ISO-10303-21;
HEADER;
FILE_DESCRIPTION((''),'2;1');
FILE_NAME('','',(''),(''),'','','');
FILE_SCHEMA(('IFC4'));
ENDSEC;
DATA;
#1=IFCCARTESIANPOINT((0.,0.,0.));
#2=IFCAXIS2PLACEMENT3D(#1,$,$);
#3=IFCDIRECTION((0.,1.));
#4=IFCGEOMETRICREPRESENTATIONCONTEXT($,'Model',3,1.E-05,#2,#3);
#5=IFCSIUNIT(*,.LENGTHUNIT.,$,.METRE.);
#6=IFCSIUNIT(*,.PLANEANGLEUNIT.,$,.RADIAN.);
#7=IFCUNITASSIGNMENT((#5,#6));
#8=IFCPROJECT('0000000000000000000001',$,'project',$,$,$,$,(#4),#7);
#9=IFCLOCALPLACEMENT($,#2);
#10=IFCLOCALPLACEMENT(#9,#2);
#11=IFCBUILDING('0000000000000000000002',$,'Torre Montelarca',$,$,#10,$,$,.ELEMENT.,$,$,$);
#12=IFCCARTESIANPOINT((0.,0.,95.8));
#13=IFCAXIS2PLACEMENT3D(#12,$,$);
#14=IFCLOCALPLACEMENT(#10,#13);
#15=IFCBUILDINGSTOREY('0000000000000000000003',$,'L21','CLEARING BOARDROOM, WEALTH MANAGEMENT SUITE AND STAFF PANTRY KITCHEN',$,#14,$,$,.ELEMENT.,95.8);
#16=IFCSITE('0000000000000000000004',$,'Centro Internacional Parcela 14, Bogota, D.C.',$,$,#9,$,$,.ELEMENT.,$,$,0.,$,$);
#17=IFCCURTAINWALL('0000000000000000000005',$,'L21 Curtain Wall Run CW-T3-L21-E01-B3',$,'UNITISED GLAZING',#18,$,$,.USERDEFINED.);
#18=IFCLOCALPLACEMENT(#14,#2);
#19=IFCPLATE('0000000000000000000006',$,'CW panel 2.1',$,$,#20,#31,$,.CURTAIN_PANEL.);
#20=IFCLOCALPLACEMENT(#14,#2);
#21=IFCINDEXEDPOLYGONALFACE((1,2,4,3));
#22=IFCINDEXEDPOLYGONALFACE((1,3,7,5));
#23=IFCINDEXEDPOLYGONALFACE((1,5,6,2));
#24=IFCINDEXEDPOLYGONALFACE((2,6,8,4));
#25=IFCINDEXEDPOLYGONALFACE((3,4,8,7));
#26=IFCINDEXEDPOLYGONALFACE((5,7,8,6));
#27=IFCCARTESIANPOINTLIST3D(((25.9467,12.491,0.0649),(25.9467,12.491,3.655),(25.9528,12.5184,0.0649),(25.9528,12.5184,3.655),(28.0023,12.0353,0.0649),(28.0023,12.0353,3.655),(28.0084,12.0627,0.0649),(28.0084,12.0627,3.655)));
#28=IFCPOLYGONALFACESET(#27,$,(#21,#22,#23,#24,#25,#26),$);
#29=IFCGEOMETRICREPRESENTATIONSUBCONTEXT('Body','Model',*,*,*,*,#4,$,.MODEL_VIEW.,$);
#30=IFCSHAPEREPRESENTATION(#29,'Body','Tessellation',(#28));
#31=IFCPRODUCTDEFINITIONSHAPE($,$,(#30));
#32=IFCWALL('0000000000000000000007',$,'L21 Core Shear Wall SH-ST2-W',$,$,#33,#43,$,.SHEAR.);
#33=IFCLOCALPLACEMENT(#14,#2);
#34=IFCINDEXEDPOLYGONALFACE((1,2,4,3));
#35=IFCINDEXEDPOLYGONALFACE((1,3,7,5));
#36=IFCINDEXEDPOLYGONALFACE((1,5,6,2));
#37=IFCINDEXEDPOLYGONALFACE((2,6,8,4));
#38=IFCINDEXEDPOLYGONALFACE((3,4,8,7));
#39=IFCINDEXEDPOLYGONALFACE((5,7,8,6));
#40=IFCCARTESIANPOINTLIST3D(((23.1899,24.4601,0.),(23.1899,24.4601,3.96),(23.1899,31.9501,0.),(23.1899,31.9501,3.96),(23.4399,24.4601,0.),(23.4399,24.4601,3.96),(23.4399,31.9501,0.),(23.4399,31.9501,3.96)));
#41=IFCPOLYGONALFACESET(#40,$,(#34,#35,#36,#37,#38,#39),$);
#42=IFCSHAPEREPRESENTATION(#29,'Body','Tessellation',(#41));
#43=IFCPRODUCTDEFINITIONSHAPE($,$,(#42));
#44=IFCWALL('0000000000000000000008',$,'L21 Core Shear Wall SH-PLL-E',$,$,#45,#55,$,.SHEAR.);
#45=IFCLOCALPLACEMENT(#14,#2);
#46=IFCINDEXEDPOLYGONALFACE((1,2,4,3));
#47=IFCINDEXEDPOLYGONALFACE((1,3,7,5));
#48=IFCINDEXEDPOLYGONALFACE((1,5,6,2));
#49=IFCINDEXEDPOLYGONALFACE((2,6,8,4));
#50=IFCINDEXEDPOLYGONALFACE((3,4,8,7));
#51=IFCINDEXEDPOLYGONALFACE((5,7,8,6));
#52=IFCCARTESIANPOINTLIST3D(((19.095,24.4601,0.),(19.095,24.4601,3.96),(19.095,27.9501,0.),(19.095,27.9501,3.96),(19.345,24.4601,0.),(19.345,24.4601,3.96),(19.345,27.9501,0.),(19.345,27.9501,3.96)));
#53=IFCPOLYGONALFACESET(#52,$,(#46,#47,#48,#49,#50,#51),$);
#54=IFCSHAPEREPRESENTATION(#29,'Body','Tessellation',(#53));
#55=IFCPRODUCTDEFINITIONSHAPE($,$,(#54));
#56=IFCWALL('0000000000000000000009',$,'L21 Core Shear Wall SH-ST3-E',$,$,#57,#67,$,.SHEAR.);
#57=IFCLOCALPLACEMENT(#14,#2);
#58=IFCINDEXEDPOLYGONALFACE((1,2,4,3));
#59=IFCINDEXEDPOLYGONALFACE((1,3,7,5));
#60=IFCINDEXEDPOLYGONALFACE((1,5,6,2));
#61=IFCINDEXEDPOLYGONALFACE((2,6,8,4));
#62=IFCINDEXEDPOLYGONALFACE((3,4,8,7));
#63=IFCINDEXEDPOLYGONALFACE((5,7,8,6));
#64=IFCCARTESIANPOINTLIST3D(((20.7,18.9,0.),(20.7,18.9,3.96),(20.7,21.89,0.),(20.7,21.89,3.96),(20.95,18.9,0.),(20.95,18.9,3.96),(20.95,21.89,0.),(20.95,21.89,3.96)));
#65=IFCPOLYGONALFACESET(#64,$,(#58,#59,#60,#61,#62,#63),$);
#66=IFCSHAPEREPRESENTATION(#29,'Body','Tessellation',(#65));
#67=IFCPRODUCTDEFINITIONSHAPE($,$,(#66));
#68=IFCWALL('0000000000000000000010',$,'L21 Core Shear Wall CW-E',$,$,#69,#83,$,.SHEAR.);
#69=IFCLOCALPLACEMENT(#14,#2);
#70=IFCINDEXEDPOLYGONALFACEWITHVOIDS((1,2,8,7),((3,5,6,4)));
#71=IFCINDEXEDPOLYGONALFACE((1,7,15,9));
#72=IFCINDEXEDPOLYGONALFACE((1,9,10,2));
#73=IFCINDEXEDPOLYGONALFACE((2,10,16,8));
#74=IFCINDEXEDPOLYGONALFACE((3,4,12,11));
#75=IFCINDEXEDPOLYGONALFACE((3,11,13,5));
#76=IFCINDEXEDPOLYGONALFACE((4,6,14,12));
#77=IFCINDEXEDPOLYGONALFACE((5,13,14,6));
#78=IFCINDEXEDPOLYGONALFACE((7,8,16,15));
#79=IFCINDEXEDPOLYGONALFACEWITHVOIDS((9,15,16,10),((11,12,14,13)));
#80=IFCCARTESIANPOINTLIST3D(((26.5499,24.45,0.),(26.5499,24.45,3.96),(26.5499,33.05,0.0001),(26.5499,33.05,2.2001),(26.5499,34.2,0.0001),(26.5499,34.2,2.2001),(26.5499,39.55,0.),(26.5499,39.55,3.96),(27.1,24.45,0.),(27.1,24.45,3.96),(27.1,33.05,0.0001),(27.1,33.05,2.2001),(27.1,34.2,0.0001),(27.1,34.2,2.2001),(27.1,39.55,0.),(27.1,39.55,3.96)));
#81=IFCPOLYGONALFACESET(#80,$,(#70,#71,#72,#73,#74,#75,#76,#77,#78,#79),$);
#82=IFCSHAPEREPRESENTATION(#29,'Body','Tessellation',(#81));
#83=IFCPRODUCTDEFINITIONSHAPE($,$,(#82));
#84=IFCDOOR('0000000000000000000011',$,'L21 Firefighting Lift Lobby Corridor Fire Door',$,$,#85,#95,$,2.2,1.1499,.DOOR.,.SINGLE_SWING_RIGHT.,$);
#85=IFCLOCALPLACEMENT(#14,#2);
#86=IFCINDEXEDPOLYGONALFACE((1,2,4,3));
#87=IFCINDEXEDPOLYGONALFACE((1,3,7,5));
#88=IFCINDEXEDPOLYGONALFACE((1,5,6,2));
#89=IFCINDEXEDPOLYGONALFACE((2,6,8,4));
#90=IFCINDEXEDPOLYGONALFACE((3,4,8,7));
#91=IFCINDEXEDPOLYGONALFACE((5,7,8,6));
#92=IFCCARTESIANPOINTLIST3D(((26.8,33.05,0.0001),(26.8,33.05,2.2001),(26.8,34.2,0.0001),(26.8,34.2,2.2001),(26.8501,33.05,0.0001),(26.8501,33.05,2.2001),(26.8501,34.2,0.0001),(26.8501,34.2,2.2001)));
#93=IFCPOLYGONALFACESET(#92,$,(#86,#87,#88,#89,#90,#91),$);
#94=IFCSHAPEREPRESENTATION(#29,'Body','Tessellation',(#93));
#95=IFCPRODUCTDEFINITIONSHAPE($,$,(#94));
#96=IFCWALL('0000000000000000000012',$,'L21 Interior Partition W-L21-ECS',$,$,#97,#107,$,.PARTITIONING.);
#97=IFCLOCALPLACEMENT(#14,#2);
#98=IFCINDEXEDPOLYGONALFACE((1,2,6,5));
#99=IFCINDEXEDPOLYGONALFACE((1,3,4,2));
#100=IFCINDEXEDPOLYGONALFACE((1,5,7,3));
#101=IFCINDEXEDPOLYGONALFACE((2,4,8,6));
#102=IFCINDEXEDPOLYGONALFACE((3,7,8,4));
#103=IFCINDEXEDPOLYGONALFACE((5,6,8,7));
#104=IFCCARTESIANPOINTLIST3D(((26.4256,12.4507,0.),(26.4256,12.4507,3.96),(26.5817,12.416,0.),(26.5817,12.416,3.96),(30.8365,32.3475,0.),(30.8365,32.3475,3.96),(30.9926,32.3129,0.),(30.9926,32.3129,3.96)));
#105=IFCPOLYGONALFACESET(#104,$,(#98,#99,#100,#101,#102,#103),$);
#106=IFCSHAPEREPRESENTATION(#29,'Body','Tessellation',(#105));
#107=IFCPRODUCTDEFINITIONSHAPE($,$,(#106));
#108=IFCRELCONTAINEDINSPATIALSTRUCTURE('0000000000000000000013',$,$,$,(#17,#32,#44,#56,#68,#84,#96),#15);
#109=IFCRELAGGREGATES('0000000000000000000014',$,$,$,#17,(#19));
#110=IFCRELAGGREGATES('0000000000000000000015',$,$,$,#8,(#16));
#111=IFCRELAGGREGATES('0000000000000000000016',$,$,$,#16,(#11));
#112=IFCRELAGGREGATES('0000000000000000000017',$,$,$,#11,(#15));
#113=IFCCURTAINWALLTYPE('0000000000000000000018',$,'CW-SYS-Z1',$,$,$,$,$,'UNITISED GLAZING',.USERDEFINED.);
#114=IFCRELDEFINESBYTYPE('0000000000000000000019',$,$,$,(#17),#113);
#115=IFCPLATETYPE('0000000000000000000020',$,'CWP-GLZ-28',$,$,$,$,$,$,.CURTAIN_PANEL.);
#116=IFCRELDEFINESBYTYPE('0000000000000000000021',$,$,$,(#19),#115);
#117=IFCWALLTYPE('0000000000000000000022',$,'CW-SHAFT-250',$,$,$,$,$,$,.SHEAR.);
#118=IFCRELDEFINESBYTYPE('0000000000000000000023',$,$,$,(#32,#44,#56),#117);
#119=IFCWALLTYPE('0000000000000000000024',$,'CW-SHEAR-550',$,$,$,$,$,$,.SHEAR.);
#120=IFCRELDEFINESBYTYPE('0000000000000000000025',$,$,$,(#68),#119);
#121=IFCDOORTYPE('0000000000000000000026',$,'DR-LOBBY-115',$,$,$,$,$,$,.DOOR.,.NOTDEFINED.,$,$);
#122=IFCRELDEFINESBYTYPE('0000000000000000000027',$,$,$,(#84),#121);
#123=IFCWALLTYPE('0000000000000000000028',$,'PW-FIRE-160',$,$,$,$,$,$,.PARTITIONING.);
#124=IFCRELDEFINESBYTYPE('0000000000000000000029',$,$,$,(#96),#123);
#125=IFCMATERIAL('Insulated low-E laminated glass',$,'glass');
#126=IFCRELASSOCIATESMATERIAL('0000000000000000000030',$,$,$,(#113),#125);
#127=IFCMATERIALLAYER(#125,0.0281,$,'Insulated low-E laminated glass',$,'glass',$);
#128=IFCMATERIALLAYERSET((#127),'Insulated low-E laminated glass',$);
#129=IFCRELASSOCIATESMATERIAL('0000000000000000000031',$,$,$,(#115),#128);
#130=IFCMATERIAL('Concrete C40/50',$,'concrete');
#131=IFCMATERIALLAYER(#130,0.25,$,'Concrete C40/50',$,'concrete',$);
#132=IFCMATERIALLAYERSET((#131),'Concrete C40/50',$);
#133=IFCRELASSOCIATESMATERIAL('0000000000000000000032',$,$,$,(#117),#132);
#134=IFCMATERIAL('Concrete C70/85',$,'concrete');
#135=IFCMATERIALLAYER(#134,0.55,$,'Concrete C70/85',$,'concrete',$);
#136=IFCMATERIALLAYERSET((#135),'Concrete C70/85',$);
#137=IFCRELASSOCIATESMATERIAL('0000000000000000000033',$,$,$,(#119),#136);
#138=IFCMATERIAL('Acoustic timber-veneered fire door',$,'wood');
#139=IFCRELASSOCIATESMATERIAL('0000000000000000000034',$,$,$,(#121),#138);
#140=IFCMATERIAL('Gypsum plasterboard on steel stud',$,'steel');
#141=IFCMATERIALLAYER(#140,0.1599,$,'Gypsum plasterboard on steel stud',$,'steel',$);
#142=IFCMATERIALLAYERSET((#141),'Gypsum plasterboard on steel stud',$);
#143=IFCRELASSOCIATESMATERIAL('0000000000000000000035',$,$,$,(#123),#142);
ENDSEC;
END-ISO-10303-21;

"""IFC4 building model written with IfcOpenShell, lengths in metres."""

from ifc_helpers import new_model, si_unit, direction, frame, frame_2d, origin, origin_2d, place, context, subcontext, project, spatial, rectangle, extrude, source, transform, mapped, material, layer, layer_set, type_object, element, fill, aggregate, save


model = new_model("IFC4")

# Units and contexts
model_context = context("Model", 3, precision=1e-05, world=origin(), true_north=direction((0.0, 1.0)))
body_context = subcontext(model_context, "Body", "Model", "MODEL_VIEW")
ifc_project = project(units=[si_unit("LENGTHUNIT", "METRE"), si_unit("PLANEANGLEUNIT", "RADIAN")], contexts=[model_context])

# Site, building, storey
site_placement = place(None, origin())
site = spatial("IfcSite", under=ifc_project, at=site_placement, Name="Centro Internacional Parcela 14, Bogota, D.C.", CompositionType="ELEMENT", RefElevation=0.0)
building_placement = place(site_placement, origin())
building = spatial("IfcBuilding", under=site, at=building_placement, Name="Torre Montelarca", CompositionType="ELEMENT")
storey_placement = place(building_placement, frame((0.0, 0.0, 95.8)))
storey = spatial("IfcBuildingStorey", under=building, at=storey_placement, Name="L21", Description="CLEARING BOARDROOM, WEALTH MANAGEMENT SUITE AND STAFF PANTRY KITCHEN", CompositionType="ELEMENT", Elevation=95.8)

# Shared definitions
ifc_material_1 = material(Name="Concrete C70/85", Category="concrete")

# Shared definitions
ifc_material_2 = material(Name="Insulated low-E laminated glass", Category="glass")
curtain_wall_type = type_object("IfcCurtainWallType", Name="CW-SYS-Z1", ElementType="UNITISED GLAZING", PredefinedType="USERDEFINED", material=ifc_material_2)

# Curtain wall
curtain_wall_1_placement = place(storey_placement, origin())
curtain_wall_1 = element("IfcCurtainWall", 1, at=curtain_wall_1_placement, inside=storey, type_object=curtain_wall_type, Name="L21 Curtain Wall Run CW-T3-L21-E01-B3", ObjectType="UNITISED GLAZING", PredefinedType="USERDEFINED")

# Plate
ifc_layer_1 = layer(ifc_material_2, 0.0281, Name="Insulated low-E laminated glass", Category="glass")
ifc_layer_set_1 = layer_set([ifc_layer_1], Name="Insulated low-E laminated glass")
plate_type = type_object("IfcPlateType", Name="CWP-GLZ-28", PredefinedType="CURTAIN_PANEL", material=ifc_layer_set_1)
shared_shape_1 = source(origin(), body_context, "Body", "SweptSolid", [
    extrude(rectangle(XDim=2.1055, YDim=0.0281, at=origin_2d()), origin(), (0.0, 0.0, 1.0), 3.5901),
])
plate_1_placement = place(storey_placement, frame((26.9775, 12.2769, 0.0649), z_axis=(0.0, 0.0, 1.0), x_axis=(0.976295, -0.216445, 0.0)))
plate_1 = element("IfcPlate", 2, at=plate_1_placement, type_object=plate_type, Name="CW panel 2.1", PredefinedType="CURTAIN_PANEL", context=body_context, shape_type="MappedRepresentation", body=[
    mapped(shared_shape_1, transform((0.0, 0.0, 0.0), scale=1.0)),
])
aggregate(curtain_wall_1, [plate_1])

# Walls
ifc_material_3 = material(Name="Concrete C40/50", Category="concrete")
ifc_layer_2 = layer(ifc_material_3, 0.25, Name="Concrete C40/50", Category="concrete")
ifc_layer_set_2 = layer_set([ifc_layer_2], Name="Concrete C40/50")
wall_type_1 = type_object("IfcWallType", Name="CW-SHAFT-250", PredefinedType="SHEAR", material=ifc_layer_set_2)
wall_1_placement = place(storey_placement, frame((23.3149, 24.46, 0.0), z_axis=(0.0, 0.0, 1.0), x_axis=(0.0, 1.0, 0.0)))
element("IfcWall", 3, at=wall_1_placement, inside=storey, type_object=wall_type_1, Name="L21 Core Shear Wall SH-ST2-W", PredefinedType="SHEAR", context=body_context, shape_type="SweptSolid", body=[
    extrude(rectangle(XDim=7.49, YDim=0.25, at=frame_2d((3.7451, 0.0))), origin(), (0.0, 0.0, 1.0), 3.96),
])
wall_2_placement = place(storey_placement, frame((19.22, 24.46, 0.0), z_axis=(0.0, 0.0, 1.0), x_axis=(0.0, 1.0, 0.0)))
element("IfcWall", 4, at=wall_2_placement, inside=storey, type_object=wall_type_1, Name="L21 Core Shear Wall SH-PLL-E", PredefinedType="SHEAR", context=body_context, shape_type="SweptSolid", body=[
    extrude(rectangle(XDim=3.49, YDim=0.25, at=frame_2d((1.7451, 0.0))), origin(), (0.0, 0.0, 1.0), 3.96),
])
wall_3_placement = place(storey_placement, frame((20.825, 18.8999, 0.0), z_axis=(0.0, 0.0, 1.0), x_axis=(0.0, 1.0, 0.0)))
element("IfcWall", 5, at=wall_3_placement, inside=storey, type_object=wall_type_1, Name="L21 Core Shear Wall SH-ST3-E", PredefinedType="SHEAR", context=body_context, shape_type="SweptSolid", body=[
    extrude(rectangle(XDim=2.99, YDim=0.25, at=frame_2d((1.4951, 0.0))), origin(), (0.0, 0.0, 1.0), 3.96),
])

# Wall, opening, door
ifc_layer_3 = layer(ifc_material_1, 0.55, Name="Concrete C70/85", Category="concrete")
ifc_layer_set_3 = layer_set([ifc_layer_3], Name="Concrete C70/85")
wall_type_2 = type_object("IfcWallType", Name="CW-SHEAR-550", PredefinedType="SHEAR", material=ifc_layer_set_3)
wall_4_placement = place(storey_placement, frame((26.825, 24.45, 0.0), z_axis=(0.0, 0.0, 1.0), x_axis=(0.0, 1.0, 0.0)))
wall_4 = element("IfcWall", 6, at=wall_4_placement, inside=storey, type_object=wall_type_2, Name="L21 Core Shear Wall CW-E", PredefinedType="SHEAR", context=body_context, shape_type="SweptSolid", body=[
    extrude(rectangle(XDim=15.1001, YDim=0.55, at=frame_2d((7.55, 0.0))), origin(), (0.0, 0.0, 1.0), 3.96),
])
opening_placement = place(wall_4_placement, frame((8.6001, 0.0, 0.0)))
opening = element("IfcOpeningElement", 7, at=opening_placement, cuts=wall_4, PredefinedType="OPENING", context=body_context, shape_type="SweptSolid", body=[
    extrude(rectangle(XDim=1.1499, YDim=2.2, at=frame_2d((0.575, 1.1001))), frame((0.0, 0.2852, 0.0), z_axis=(0.0, -1.0, 0.0), x_axis=(1.0, 0.0, 0.0)), (0.0, 0.0, 1.0), 0.5701),
])
ifc_material_4 = material(Name="Acoustic timber-veneered fire door", Category="wood")
door_type = type_object("IfcDoorType", Name="DR-LOBBY-115", OperationType="NOTDEFINED", PredefinedType="DOOR", material=ifc_material_4)
shared_shape_2 = source(origin(), body_context, "Body", "SweptSolid", [
    extrude(rectangle(XDim=1.1499, YDim=2.2, at=frame_2d((0.575, 1.1001))), frame((0.0, 0.0249, 0.0), z_axis=(0.0, -1.0, 0.0), x_axis=(1.0, 0.0, 0.0)), (0.0, 0.0, 1.0), 0.05),
])
door_placement = place(opening_placement, origin())
door = element("IfcDoor", 8, at=door_placement, inside=storey, type_object=door_type, Name="L21 Firefighting Lift Lobby Corridor Fire Door", OperationType="SINGLE_SWING_RIGHT", OverallHeight=2.2, OverallWidth=1.1499, PredefinedType="DOOR", context=body_context, shape_type="MappedRepresentation", body=[
    mapped(shared_shape_2, transform((0.0, 0.0, 0.0), scale=1.0)),
])
fill(opening, door)

# Wall
ifc_material_5 = material(Name="Gypsum plasterboard on steel stud", Category="steel")
ifc_layer_4 = layer(ifc_material_5, 0.1599, Name="Gypsum plasterboard on steel stud", Category="steel")
ifc_layer_set_4 = layer_set([ifc_layer_4], Name="Gypsum plasterboard on steel stud")
wall_type_3 = type_object("IfcWallType", Name="PW-FIRE-160", PredefinedType="PARTITIONING", material=ifc_layer_set_4)
wall_5_placement = place(storey_placement, frame((26.5037, 12.4333, 0.0), z_axis=(0.0, 0.0, 1.0), x_axis=(0.216434, 0.976297, 0.0)))
element("IfcWall", 9, at=wall_5_placement, inside=storey, type_object=wall_type_3, Name="L21 Interior Partition W-L21-ECS", PredefinedType="PARTITIONING", context=body_context, shape_type="SweptSolid", body=[
    extrude(rectangle(XDim=20.3799, YDim=0.1599, at=frame_2d((10.1899, 0.0))), origin(), (0.0, 0.0, 1.0), 3.96),
])

save(model, "model.ifc")
